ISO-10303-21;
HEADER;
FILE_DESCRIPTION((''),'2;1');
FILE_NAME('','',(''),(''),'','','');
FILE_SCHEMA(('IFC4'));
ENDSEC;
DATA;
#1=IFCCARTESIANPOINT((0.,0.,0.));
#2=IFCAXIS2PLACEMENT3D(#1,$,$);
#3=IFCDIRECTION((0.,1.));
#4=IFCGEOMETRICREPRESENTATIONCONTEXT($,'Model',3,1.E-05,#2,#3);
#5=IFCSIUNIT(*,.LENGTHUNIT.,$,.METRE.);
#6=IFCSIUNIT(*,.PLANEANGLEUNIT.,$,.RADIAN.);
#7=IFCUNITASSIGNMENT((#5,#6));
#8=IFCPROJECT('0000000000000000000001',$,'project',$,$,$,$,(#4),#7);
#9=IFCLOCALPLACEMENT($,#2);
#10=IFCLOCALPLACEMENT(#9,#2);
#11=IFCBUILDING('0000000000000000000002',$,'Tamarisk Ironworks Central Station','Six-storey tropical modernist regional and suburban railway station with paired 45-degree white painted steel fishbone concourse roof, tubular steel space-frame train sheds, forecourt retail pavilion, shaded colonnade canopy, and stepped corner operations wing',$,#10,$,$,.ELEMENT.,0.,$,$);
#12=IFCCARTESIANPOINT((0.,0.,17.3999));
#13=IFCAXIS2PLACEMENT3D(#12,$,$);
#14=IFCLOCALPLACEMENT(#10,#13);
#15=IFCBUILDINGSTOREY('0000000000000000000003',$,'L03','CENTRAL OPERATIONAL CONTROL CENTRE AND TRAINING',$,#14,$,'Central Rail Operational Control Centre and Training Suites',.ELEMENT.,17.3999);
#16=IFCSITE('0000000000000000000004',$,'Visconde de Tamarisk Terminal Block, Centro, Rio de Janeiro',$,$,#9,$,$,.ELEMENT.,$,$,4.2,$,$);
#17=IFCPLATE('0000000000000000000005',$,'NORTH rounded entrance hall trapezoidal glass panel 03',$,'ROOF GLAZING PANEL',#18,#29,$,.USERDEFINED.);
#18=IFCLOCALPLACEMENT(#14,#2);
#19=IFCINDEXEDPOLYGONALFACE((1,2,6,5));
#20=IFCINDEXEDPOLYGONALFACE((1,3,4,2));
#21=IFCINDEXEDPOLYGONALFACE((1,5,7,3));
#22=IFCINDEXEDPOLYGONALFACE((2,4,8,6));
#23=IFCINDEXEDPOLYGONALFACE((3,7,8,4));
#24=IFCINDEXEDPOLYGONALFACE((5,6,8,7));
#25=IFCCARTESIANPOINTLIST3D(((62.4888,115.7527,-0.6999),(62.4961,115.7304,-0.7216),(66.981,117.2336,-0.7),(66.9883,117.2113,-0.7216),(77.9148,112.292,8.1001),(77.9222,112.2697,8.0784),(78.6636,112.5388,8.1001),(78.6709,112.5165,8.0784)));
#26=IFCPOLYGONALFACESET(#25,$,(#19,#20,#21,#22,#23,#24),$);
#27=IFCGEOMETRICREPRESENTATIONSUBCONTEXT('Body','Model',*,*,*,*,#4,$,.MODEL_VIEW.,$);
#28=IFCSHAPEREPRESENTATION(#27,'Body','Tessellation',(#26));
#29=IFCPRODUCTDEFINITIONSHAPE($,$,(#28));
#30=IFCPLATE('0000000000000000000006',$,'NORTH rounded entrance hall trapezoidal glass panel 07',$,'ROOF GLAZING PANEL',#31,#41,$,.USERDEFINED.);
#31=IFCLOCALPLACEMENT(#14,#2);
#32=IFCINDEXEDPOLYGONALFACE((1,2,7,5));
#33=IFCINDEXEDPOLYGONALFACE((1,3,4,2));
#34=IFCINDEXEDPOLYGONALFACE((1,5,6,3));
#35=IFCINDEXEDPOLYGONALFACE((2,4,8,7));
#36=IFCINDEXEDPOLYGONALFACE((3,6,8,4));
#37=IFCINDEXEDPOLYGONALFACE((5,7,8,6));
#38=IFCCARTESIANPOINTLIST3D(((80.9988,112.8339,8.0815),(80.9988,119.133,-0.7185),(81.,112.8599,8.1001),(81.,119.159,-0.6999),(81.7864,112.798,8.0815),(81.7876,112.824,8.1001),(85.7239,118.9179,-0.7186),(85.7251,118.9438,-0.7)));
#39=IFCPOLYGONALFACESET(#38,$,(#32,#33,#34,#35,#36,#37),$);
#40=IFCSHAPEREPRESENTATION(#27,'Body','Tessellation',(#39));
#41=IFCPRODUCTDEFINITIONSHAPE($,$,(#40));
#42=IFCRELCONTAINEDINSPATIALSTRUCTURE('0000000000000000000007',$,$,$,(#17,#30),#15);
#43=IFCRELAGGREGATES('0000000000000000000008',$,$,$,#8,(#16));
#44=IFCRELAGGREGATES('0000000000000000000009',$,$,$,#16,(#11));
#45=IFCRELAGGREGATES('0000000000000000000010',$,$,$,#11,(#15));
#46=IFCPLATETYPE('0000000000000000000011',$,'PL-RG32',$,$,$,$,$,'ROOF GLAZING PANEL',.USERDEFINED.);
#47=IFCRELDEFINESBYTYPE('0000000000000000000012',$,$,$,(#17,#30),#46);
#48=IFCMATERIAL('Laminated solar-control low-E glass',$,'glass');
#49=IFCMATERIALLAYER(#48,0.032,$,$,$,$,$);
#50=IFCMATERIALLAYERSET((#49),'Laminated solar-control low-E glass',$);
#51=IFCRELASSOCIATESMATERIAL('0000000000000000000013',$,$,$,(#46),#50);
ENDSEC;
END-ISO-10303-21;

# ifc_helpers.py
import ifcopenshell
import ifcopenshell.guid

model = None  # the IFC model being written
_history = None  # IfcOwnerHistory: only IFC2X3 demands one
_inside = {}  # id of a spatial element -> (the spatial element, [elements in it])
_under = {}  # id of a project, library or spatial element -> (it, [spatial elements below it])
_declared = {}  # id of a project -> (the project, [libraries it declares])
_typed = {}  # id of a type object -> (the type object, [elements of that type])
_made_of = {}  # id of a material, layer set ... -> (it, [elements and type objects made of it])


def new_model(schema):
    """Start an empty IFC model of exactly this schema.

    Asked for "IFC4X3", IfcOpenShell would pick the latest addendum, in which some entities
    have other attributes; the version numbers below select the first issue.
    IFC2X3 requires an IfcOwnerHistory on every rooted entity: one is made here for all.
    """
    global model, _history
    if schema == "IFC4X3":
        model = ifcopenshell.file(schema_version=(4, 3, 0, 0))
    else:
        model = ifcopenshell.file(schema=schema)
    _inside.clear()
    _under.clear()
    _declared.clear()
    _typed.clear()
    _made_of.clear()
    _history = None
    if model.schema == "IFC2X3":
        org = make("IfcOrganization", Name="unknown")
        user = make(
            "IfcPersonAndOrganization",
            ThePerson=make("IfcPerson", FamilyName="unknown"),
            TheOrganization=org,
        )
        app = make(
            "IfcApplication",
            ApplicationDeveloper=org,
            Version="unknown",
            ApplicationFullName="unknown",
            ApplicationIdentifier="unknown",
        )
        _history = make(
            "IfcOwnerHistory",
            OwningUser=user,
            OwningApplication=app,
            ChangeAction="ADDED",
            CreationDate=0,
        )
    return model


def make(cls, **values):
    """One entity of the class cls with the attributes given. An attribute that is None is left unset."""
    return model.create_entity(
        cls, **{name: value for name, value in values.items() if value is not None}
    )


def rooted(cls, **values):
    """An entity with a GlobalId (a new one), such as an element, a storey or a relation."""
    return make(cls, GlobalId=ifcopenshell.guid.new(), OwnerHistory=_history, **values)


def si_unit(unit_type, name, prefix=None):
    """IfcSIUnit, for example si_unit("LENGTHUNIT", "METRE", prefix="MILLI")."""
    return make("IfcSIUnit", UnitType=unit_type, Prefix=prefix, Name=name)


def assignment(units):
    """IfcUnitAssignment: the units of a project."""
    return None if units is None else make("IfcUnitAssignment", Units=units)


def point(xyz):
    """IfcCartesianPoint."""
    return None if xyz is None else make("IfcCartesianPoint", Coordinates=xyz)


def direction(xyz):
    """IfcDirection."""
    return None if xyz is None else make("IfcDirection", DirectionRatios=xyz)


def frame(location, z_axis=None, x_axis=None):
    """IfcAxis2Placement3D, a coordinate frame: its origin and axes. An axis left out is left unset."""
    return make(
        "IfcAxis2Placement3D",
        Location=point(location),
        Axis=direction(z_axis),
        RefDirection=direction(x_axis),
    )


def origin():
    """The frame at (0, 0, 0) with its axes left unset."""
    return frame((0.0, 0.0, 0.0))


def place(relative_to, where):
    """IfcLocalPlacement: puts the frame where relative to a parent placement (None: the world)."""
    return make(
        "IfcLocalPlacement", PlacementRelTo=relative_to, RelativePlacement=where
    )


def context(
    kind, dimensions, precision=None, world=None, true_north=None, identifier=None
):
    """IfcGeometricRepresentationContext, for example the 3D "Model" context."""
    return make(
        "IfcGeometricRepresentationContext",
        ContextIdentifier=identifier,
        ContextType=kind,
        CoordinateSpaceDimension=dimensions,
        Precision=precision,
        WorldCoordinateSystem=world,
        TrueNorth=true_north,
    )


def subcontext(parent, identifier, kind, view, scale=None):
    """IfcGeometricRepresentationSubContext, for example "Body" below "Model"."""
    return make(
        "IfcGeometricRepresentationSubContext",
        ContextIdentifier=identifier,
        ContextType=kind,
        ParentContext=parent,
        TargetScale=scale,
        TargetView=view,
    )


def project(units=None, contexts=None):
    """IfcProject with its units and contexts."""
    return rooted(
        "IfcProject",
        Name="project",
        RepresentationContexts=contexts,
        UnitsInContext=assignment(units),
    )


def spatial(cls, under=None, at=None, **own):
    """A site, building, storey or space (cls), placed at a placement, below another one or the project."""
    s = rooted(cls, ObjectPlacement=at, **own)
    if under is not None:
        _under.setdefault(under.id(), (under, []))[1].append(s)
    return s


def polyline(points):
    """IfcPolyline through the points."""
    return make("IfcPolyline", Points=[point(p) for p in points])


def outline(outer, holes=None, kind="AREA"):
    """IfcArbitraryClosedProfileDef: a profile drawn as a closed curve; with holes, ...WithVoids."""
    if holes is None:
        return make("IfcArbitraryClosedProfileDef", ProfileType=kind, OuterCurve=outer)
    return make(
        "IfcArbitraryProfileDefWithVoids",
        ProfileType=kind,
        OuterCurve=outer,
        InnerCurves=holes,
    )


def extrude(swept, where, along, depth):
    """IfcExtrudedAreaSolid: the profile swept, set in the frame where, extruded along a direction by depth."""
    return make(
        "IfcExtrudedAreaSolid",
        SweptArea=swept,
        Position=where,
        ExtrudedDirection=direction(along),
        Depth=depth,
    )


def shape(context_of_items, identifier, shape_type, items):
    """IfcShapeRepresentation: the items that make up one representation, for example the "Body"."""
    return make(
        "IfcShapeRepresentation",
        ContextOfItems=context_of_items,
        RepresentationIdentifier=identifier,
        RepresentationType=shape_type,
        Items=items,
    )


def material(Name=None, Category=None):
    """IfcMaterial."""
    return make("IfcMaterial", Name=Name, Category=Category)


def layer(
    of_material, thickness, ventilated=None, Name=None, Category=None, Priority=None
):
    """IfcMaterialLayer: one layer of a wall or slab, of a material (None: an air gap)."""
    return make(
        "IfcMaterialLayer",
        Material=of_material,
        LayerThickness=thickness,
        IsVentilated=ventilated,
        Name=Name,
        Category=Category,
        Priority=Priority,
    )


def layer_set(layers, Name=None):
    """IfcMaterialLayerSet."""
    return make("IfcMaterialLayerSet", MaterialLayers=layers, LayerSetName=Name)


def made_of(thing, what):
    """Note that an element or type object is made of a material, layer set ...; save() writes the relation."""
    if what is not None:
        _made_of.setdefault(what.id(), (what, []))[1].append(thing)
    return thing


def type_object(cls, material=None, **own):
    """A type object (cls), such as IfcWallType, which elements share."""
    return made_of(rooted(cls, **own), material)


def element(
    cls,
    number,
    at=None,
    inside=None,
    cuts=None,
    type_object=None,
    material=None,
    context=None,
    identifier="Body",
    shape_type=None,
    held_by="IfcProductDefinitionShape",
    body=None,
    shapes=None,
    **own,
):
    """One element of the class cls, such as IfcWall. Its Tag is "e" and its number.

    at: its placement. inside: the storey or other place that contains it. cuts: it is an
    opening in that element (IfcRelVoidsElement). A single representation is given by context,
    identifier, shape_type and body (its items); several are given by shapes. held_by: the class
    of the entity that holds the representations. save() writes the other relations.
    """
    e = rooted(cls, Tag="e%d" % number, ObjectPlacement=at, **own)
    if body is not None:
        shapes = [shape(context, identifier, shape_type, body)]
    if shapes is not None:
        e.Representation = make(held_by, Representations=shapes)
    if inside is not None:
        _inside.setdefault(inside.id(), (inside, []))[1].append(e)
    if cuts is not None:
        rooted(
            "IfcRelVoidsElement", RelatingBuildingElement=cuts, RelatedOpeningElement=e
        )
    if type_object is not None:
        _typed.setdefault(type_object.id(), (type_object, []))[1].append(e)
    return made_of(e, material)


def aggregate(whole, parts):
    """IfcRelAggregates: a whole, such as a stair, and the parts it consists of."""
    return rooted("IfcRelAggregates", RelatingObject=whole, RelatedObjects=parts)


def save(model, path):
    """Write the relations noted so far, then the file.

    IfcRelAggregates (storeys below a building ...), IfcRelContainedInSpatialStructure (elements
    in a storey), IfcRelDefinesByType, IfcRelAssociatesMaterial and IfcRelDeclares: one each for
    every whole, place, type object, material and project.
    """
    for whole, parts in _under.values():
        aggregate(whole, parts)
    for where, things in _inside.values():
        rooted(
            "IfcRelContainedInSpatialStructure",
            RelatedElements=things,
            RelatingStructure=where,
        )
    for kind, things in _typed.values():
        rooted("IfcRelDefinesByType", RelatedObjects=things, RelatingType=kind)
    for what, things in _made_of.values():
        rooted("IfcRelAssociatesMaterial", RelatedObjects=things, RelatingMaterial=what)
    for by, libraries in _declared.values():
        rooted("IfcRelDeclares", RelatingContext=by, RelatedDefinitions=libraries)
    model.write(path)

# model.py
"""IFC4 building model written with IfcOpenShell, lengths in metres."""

from ifc_helpers import new_model, si_unit, direction, frame, origin, place, context, subcontext, project, spatial, polyline, outline, extrude, material, layer, layer_set, type_object, element, save


model = new_model("IFC4")

# Units and contexts
model_context = context("Model", 3, precision=1e-05, world=origin(), true_north=direction((0.0, 1.0)))
body_context = subcontext(model_context, "Body", "Model", "MODEL_VIEW")
ifc_project = project(units=[si_unit("LENGTHUNIT", "METRE"), si_unit("PLANEANGLEUNIT", "RADIAN")], contexts=[model_context])

# Site, building, storey
site_placement = place(None, origin())
site = spatial("IfcSite", under=ifc_project, at=site_placement, Name="Visconde de Tamarisk Terminal Block, Centro, Rio de Janeiro", CompositionType="ELEMENT", RefElevation=4.2)
building_placement = place(site_placement, origin())
building = spatial("IfcBuilding", under=site, at=building_placement, Name="Tamarisk Ironworks Central Station", Description="Six-storey tropical modernist regional and suburban railway station with paired 45-degree white painted steel fishbone concourse roof, tubular steel space-frame train sheds, forecourt retail pavilion, shaded colonnade canopy, and stepped corner operations wing", CompositionType="ELEMENT", ElevationOfRefHeight=0.0)
storey_placement = place(building_placement, frame((0.0, 0.0, 17.3999)))
storey = spatial("IfcBuildingStorey", under=building, at=storey_placement, Name="L03", Description="CENTRAL OPERATIONAL CONTROL CENTRE AND TRAINING", LongName="Central Rail Operational Control Centre and Training Suites", CompositionType="ELEMENT", Elevation=17.3999)

# Plates
ifc_material_1 = material(Name="Laminated solar-control low-E glass", Category="glass")
ifc_layer_1 = layer(ifc_material_1, 0.032)
ifc_layer_set_1 = layer_set([ifc_layer_1], Name="Laminated solar-control low-E glass")
plate_type_1 = type_object("IfcPlateType", Name="PL-RG32", ElementType="ROOF GLAZING PANEL", PredefinedType="USERDEFINED", material=ifc_layer_set_1)
plate_1_placement = place(storey_placement, frame((77.9148, 112.292, 8.1001), z_axis=(-0.230149, 0.69812, 0.677982), x_axis=(0.949726, 0.313082, 0.000014)))
element("IfcPlate", 1, at=plate_1_placement, inside=storey, type_object=plate_type_1, Name="NORTH rounded entrance hall trapezoidal glass panel 03", ObjectType="ROOF GLAZING PANEL", PredefinedType="USERDEFINED", context=body_context, shape_type="SweptSolid", body=[
    extrude(outline(polyline([(0.0, 0.0), (0.7884, 0.0), (-8.8371, 11.9714), (-13.5671, 11.9713), (0.0, 0.0)])), origin(), (0.0, 0.0, -1.0), 0.032),
])
plate_2_placement = place(storey_placement, frame((81.0, 112.8599, 8.1001), z_axis=(0.036995, 0.812593, 0.581657), x_axis=(0.998965, -0.045493, 0.000019)))
element("IfcPlate", 2, at=plate_2_placement, inside=storey, type_object=plate_type_1, Name="NORTH rounded entrance hall trapezoidal glass panel 07", ObjectType="ROOF GLAZING PANEL", PredefinedType="USERDEFINED", context=body_context, shape_type="SweptSolid", body=[
    extrude(outline(polyline([(0.0, 0.0), (0.7884, 0.0), (4.4433, 10.8185), (-0.2867, 10.8184), (0.0, 0.0)])), origin(), (0.0, 0.0, -1.0), 0.032),
])

save(model, "model.ifc")
